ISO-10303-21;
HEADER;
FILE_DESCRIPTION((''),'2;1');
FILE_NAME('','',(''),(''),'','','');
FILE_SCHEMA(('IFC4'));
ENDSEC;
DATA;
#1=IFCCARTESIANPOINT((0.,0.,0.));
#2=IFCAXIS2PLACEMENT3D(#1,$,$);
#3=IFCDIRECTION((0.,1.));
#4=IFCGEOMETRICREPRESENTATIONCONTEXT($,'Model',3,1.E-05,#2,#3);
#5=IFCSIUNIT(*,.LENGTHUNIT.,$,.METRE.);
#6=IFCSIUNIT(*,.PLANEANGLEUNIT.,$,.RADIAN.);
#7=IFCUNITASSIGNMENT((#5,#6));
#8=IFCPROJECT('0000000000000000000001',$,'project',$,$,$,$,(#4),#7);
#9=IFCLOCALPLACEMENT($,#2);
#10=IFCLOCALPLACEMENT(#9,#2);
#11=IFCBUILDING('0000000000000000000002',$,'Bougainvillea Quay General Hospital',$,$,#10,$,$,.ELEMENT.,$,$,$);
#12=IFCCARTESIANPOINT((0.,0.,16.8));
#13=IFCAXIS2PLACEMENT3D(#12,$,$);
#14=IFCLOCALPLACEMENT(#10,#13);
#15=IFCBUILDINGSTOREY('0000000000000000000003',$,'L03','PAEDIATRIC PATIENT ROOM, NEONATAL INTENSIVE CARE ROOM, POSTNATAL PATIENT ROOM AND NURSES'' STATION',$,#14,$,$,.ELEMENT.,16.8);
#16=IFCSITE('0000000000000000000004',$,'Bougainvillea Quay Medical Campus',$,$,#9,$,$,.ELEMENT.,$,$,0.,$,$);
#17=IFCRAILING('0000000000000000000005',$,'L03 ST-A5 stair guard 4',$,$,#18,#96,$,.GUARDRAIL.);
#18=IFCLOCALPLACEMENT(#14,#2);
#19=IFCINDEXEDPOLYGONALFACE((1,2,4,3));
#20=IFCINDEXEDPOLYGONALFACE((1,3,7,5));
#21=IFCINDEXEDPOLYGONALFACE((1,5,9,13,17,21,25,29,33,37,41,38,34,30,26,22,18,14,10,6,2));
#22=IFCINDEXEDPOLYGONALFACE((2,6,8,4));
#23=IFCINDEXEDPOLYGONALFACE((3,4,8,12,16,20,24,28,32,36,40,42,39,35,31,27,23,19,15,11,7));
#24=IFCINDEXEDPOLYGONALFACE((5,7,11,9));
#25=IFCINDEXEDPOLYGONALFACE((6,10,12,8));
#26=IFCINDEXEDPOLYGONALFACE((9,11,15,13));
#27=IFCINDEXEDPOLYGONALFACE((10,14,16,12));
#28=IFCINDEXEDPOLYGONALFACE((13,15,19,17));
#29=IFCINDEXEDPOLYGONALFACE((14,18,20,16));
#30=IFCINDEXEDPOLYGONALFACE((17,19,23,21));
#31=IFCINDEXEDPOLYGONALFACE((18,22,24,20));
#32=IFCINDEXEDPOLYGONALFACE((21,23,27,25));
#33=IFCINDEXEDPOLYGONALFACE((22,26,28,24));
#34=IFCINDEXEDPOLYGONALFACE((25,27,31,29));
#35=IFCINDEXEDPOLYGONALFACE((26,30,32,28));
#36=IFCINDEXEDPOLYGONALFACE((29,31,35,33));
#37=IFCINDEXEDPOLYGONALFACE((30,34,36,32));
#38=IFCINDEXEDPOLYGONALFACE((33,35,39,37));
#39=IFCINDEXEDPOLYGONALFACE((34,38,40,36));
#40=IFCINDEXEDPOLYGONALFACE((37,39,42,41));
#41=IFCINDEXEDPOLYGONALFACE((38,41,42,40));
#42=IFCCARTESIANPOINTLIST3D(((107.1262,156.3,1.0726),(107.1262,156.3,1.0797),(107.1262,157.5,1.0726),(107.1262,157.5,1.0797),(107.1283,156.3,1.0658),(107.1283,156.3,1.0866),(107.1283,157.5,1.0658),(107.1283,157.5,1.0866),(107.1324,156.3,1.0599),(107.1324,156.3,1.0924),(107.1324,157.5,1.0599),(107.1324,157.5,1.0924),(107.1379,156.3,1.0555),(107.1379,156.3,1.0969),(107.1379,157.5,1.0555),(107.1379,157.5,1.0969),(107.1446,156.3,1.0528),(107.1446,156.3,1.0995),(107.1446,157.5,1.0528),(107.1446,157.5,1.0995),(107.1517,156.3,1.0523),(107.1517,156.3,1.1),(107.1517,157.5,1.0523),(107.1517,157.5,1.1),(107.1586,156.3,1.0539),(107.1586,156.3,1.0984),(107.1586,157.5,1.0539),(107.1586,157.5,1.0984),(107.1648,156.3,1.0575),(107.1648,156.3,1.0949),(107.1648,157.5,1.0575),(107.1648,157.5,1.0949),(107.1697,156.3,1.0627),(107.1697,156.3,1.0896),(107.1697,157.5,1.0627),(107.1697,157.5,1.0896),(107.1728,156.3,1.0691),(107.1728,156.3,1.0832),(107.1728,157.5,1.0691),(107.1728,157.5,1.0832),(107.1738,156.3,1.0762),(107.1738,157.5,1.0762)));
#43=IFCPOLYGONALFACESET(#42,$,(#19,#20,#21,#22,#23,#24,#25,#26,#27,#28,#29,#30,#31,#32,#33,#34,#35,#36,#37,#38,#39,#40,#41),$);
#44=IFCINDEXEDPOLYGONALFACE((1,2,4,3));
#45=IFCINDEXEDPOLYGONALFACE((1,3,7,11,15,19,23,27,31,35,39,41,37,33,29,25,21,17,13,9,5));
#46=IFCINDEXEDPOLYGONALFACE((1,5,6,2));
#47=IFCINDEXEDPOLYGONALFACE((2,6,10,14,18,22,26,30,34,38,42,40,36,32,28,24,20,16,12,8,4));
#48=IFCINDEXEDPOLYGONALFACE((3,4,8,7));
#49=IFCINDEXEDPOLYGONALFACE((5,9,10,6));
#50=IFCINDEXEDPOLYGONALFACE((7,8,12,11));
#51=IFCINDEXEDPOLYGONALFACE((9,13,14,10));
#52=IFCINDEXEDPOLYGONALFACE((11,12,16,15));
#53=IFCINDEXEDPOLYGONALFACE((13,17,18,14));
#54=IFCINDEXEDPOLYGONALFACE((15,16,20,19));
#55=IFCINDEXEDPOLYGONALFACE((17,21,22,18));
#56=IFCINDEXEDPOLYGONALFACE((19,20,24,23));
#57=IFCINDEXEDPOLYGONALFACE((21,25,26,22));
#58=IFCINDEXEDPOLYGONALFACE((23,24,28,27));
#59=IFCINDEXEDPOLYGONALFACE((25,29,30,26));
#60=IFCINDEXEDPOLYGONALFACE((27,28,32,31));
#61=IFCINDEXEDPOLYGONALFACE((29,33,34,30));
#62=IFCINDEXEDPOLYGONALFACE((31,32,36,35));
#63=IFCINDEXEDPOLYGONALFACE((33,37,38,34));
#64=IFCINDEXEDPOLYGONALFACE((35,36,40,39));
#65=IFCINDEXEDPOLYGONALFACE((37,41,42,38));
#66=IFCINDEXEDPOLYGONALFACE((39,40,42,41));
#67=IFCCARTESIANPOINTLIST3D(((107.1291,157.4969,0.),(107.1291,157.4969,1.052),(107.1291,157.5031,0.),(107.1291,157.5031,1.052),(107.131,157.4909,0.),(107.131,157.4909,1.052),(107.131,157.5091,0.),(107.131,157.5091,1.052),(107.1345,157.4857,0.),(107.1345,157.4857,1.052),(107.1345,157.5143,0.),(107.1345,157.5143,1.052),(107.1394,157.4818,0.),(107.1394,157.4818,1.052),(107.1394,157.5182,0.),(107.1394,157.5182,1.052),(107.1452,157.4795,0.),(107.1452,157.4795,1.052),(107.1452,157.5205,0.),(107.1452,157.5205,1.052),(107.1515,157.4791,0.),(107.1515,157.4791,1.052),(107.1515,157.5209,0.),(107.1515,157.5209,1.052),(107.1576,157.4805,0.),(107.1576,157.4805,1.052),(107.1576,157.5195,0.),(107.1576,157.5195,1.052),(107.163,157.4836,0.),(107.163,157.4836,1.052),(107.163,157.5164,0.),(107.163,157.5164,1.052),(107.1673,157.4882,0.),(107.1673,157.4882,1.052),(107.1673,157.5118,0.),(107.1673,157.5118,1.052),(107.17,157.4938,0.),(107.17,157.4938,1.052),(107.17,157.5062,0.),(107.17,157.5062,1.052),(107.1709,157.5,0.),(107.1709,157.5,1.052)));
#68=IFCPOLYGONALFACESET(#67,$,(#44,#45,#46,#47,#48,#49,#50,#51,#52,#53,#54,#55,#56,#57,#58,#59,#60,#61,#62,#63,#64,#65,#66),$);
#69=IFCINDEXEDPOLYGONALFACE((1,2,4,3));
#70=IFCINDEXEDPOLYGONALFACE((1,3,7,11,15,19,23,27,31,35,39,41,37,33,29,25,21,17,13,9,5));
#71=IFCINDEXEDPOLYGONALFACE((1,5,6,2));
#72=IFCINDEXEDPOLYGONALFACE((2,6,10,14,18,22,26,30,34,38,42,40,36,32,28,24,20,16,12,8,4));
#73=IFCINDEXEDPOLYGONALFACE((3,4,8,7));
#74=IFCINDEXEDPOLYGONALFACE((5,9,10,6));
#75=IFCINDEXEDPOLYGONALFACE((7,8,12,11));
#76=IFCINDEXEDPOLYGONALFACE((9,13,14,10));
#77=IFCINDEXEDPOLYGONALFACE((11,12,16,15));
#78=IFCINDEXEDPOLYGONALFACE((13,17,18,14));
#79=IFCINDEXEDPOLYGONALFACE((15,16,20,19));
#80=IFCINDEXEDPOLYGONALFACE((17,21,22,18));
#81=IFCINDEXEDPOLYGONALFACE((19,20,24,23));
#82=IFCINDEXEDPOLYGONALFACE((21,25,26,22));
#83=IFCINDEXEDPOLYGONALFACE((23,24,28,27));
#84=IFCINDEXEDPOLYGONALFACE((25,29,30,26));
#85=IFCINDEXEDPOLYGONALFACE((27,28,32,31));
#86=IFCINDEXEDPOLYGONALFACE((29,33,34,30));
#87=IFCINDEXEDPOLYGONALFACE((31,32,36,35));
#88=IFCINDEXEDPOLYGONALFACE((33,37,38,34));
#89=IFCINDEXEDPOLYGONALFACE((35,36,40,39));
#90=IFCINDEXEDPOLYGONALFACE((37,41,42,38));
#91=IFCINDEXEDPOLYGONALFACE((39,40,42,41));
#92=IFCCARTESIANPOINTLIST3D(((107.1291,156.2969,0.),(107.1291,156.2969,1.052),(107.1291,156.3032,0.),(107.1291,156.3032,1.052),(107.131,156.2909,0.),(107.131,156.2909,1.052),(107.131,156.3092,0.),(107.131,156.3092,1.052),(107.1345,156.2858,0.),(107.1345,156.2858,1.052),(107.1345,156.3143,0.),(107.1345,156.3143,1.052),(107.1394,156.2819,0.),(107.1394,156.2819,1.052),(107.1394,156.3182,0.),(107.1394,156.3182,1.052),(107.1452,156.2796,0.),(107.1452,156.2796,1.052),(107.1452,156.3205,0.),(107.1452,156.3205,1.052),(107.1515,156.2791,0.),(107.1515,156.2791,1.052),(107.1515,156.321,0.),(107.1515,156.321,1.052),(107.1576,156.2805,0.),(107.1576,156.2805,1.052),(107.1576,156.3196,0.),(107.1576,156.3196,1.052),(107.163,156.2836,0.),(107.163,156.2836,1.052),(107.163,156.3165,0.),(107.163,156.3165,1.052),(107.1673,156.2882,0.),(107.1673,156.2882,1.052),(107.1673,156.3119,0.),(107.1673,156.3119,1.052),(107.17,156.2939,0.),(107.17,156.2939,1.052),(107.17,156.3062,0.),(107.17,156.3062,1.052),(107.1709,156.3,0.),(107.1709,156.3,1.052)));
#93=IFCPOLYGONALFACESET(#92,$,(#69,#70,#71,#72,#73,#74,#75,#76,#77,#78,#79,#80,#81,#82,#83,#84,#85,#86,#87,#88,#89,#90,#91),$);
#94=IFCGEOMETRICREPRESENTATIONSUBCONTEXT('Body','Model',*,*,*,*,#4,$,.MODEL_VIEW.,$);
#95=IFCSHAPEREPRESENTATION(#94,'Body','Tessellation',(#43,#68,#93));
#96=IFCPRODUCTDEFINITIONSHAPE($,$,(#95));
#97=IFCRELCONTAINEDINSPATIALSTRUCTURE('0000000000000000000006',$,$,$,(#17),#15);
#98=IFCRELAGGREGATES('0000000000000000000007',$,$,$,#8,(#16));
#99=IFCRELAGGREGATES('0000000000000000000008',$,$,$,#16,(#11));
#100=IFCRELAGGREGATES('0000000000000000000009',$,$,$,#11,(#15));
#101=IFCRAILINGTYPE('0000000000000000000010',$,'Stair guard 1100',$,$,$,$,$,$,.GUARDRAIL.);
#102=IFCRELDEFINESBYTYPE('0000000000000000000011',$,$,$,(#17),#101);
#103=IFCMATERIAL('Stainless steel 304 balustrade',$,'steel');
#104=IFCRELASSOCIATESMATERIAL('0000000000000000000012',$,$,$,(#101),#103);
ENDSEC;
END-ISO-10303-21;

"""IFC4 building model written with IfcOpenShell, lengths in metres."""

from ifc_helpers import new_model, si_unit, direction, frame, origin, origin_2d, place, context, subcontext, project, spatial, circle, extrude, material, type_object, element, save


model = new_model("IFC4")

# Units and contexts
model_context = context("Model", 3, precision=1e-05, world=origin(), true_north=direction((0.0, 1.0)))
body_context = subcontext(model_context, "Body", "Model", "MODEL_VIEW")
ifc_project = project(units=[si_unit("LENGTHUNIT", "METRE"), si_unit("PLANEANGLEUNIT", "RADIAN")], contexts=[model_context])

# Site, building, storey
site_placement = place(None, origin())
site = spatial("IfcSite", under=ifc_project, at=site_placement, Name="Bougainvillea Quay Medical Campus", CompositionType="ELEMENT", RefElevation=0.0)
building_placement = place(site_placement, origin())
building = spatial("IfcBuilding", under=site, at=building_placement, Name="Bougainvillea Quay General Hospital", CompositionType="ELEMENT")
storey_placement = place(building_placement, frame((0.0, 0.0, 16.8)))
storey = spatial("IfcBuildingStorey", under=building, at=storey_placement, Name="L03", Description="PAEDIATRIC PATIENT ROOM, NEONATAL INTENSIVE CARE ROOM, POSTNATAL PATIENT ROOM AND NURSES' STATION", CompositionType="ELEMENT", Elevation=16.8)

# Railing
ifc_material_1 = material(Name="Stainless steel 304 balustrade", Category="steel")
railing_type_1 = type_object("IfcRailingType", Name="Stair guard 1100", PredefinedType="GUARDRAIL", material=ifc_material_1)
railing_1_placement = place(storey_placement, frame((107.1499, 157.5, 0.0)))
element("IfcRailing", 1, at=railing_1_placement, inside=storey, type_object=railing_type_1, Name="L03 ST-A5 stair guard 4", PredefinedType="GUARDRAIL", context=body_context, shape_type="SweptSolid", body=[
    extrude(circle(Radius=0.0239, at=origin_2d()), frame((0.0, 0.0, 1.0762), z_axis=(0.0, -1.0, 0.0), x_axis=(1.0, 0.0, 0.0)), (0.0, 0.0, 1.0), 1.2),
    extrude(circle(Radius=0.021, at=origin_2d()), origin(), (0.0, 0.0, 1.0), 1.052),
    extrude(circle(Radius=0.021, at=origin_2d()), frame((0.0, -1.2, 0.0)), (0.0, 0.0, 1.0), 1.052),
])

save(model, "model.ifc")
